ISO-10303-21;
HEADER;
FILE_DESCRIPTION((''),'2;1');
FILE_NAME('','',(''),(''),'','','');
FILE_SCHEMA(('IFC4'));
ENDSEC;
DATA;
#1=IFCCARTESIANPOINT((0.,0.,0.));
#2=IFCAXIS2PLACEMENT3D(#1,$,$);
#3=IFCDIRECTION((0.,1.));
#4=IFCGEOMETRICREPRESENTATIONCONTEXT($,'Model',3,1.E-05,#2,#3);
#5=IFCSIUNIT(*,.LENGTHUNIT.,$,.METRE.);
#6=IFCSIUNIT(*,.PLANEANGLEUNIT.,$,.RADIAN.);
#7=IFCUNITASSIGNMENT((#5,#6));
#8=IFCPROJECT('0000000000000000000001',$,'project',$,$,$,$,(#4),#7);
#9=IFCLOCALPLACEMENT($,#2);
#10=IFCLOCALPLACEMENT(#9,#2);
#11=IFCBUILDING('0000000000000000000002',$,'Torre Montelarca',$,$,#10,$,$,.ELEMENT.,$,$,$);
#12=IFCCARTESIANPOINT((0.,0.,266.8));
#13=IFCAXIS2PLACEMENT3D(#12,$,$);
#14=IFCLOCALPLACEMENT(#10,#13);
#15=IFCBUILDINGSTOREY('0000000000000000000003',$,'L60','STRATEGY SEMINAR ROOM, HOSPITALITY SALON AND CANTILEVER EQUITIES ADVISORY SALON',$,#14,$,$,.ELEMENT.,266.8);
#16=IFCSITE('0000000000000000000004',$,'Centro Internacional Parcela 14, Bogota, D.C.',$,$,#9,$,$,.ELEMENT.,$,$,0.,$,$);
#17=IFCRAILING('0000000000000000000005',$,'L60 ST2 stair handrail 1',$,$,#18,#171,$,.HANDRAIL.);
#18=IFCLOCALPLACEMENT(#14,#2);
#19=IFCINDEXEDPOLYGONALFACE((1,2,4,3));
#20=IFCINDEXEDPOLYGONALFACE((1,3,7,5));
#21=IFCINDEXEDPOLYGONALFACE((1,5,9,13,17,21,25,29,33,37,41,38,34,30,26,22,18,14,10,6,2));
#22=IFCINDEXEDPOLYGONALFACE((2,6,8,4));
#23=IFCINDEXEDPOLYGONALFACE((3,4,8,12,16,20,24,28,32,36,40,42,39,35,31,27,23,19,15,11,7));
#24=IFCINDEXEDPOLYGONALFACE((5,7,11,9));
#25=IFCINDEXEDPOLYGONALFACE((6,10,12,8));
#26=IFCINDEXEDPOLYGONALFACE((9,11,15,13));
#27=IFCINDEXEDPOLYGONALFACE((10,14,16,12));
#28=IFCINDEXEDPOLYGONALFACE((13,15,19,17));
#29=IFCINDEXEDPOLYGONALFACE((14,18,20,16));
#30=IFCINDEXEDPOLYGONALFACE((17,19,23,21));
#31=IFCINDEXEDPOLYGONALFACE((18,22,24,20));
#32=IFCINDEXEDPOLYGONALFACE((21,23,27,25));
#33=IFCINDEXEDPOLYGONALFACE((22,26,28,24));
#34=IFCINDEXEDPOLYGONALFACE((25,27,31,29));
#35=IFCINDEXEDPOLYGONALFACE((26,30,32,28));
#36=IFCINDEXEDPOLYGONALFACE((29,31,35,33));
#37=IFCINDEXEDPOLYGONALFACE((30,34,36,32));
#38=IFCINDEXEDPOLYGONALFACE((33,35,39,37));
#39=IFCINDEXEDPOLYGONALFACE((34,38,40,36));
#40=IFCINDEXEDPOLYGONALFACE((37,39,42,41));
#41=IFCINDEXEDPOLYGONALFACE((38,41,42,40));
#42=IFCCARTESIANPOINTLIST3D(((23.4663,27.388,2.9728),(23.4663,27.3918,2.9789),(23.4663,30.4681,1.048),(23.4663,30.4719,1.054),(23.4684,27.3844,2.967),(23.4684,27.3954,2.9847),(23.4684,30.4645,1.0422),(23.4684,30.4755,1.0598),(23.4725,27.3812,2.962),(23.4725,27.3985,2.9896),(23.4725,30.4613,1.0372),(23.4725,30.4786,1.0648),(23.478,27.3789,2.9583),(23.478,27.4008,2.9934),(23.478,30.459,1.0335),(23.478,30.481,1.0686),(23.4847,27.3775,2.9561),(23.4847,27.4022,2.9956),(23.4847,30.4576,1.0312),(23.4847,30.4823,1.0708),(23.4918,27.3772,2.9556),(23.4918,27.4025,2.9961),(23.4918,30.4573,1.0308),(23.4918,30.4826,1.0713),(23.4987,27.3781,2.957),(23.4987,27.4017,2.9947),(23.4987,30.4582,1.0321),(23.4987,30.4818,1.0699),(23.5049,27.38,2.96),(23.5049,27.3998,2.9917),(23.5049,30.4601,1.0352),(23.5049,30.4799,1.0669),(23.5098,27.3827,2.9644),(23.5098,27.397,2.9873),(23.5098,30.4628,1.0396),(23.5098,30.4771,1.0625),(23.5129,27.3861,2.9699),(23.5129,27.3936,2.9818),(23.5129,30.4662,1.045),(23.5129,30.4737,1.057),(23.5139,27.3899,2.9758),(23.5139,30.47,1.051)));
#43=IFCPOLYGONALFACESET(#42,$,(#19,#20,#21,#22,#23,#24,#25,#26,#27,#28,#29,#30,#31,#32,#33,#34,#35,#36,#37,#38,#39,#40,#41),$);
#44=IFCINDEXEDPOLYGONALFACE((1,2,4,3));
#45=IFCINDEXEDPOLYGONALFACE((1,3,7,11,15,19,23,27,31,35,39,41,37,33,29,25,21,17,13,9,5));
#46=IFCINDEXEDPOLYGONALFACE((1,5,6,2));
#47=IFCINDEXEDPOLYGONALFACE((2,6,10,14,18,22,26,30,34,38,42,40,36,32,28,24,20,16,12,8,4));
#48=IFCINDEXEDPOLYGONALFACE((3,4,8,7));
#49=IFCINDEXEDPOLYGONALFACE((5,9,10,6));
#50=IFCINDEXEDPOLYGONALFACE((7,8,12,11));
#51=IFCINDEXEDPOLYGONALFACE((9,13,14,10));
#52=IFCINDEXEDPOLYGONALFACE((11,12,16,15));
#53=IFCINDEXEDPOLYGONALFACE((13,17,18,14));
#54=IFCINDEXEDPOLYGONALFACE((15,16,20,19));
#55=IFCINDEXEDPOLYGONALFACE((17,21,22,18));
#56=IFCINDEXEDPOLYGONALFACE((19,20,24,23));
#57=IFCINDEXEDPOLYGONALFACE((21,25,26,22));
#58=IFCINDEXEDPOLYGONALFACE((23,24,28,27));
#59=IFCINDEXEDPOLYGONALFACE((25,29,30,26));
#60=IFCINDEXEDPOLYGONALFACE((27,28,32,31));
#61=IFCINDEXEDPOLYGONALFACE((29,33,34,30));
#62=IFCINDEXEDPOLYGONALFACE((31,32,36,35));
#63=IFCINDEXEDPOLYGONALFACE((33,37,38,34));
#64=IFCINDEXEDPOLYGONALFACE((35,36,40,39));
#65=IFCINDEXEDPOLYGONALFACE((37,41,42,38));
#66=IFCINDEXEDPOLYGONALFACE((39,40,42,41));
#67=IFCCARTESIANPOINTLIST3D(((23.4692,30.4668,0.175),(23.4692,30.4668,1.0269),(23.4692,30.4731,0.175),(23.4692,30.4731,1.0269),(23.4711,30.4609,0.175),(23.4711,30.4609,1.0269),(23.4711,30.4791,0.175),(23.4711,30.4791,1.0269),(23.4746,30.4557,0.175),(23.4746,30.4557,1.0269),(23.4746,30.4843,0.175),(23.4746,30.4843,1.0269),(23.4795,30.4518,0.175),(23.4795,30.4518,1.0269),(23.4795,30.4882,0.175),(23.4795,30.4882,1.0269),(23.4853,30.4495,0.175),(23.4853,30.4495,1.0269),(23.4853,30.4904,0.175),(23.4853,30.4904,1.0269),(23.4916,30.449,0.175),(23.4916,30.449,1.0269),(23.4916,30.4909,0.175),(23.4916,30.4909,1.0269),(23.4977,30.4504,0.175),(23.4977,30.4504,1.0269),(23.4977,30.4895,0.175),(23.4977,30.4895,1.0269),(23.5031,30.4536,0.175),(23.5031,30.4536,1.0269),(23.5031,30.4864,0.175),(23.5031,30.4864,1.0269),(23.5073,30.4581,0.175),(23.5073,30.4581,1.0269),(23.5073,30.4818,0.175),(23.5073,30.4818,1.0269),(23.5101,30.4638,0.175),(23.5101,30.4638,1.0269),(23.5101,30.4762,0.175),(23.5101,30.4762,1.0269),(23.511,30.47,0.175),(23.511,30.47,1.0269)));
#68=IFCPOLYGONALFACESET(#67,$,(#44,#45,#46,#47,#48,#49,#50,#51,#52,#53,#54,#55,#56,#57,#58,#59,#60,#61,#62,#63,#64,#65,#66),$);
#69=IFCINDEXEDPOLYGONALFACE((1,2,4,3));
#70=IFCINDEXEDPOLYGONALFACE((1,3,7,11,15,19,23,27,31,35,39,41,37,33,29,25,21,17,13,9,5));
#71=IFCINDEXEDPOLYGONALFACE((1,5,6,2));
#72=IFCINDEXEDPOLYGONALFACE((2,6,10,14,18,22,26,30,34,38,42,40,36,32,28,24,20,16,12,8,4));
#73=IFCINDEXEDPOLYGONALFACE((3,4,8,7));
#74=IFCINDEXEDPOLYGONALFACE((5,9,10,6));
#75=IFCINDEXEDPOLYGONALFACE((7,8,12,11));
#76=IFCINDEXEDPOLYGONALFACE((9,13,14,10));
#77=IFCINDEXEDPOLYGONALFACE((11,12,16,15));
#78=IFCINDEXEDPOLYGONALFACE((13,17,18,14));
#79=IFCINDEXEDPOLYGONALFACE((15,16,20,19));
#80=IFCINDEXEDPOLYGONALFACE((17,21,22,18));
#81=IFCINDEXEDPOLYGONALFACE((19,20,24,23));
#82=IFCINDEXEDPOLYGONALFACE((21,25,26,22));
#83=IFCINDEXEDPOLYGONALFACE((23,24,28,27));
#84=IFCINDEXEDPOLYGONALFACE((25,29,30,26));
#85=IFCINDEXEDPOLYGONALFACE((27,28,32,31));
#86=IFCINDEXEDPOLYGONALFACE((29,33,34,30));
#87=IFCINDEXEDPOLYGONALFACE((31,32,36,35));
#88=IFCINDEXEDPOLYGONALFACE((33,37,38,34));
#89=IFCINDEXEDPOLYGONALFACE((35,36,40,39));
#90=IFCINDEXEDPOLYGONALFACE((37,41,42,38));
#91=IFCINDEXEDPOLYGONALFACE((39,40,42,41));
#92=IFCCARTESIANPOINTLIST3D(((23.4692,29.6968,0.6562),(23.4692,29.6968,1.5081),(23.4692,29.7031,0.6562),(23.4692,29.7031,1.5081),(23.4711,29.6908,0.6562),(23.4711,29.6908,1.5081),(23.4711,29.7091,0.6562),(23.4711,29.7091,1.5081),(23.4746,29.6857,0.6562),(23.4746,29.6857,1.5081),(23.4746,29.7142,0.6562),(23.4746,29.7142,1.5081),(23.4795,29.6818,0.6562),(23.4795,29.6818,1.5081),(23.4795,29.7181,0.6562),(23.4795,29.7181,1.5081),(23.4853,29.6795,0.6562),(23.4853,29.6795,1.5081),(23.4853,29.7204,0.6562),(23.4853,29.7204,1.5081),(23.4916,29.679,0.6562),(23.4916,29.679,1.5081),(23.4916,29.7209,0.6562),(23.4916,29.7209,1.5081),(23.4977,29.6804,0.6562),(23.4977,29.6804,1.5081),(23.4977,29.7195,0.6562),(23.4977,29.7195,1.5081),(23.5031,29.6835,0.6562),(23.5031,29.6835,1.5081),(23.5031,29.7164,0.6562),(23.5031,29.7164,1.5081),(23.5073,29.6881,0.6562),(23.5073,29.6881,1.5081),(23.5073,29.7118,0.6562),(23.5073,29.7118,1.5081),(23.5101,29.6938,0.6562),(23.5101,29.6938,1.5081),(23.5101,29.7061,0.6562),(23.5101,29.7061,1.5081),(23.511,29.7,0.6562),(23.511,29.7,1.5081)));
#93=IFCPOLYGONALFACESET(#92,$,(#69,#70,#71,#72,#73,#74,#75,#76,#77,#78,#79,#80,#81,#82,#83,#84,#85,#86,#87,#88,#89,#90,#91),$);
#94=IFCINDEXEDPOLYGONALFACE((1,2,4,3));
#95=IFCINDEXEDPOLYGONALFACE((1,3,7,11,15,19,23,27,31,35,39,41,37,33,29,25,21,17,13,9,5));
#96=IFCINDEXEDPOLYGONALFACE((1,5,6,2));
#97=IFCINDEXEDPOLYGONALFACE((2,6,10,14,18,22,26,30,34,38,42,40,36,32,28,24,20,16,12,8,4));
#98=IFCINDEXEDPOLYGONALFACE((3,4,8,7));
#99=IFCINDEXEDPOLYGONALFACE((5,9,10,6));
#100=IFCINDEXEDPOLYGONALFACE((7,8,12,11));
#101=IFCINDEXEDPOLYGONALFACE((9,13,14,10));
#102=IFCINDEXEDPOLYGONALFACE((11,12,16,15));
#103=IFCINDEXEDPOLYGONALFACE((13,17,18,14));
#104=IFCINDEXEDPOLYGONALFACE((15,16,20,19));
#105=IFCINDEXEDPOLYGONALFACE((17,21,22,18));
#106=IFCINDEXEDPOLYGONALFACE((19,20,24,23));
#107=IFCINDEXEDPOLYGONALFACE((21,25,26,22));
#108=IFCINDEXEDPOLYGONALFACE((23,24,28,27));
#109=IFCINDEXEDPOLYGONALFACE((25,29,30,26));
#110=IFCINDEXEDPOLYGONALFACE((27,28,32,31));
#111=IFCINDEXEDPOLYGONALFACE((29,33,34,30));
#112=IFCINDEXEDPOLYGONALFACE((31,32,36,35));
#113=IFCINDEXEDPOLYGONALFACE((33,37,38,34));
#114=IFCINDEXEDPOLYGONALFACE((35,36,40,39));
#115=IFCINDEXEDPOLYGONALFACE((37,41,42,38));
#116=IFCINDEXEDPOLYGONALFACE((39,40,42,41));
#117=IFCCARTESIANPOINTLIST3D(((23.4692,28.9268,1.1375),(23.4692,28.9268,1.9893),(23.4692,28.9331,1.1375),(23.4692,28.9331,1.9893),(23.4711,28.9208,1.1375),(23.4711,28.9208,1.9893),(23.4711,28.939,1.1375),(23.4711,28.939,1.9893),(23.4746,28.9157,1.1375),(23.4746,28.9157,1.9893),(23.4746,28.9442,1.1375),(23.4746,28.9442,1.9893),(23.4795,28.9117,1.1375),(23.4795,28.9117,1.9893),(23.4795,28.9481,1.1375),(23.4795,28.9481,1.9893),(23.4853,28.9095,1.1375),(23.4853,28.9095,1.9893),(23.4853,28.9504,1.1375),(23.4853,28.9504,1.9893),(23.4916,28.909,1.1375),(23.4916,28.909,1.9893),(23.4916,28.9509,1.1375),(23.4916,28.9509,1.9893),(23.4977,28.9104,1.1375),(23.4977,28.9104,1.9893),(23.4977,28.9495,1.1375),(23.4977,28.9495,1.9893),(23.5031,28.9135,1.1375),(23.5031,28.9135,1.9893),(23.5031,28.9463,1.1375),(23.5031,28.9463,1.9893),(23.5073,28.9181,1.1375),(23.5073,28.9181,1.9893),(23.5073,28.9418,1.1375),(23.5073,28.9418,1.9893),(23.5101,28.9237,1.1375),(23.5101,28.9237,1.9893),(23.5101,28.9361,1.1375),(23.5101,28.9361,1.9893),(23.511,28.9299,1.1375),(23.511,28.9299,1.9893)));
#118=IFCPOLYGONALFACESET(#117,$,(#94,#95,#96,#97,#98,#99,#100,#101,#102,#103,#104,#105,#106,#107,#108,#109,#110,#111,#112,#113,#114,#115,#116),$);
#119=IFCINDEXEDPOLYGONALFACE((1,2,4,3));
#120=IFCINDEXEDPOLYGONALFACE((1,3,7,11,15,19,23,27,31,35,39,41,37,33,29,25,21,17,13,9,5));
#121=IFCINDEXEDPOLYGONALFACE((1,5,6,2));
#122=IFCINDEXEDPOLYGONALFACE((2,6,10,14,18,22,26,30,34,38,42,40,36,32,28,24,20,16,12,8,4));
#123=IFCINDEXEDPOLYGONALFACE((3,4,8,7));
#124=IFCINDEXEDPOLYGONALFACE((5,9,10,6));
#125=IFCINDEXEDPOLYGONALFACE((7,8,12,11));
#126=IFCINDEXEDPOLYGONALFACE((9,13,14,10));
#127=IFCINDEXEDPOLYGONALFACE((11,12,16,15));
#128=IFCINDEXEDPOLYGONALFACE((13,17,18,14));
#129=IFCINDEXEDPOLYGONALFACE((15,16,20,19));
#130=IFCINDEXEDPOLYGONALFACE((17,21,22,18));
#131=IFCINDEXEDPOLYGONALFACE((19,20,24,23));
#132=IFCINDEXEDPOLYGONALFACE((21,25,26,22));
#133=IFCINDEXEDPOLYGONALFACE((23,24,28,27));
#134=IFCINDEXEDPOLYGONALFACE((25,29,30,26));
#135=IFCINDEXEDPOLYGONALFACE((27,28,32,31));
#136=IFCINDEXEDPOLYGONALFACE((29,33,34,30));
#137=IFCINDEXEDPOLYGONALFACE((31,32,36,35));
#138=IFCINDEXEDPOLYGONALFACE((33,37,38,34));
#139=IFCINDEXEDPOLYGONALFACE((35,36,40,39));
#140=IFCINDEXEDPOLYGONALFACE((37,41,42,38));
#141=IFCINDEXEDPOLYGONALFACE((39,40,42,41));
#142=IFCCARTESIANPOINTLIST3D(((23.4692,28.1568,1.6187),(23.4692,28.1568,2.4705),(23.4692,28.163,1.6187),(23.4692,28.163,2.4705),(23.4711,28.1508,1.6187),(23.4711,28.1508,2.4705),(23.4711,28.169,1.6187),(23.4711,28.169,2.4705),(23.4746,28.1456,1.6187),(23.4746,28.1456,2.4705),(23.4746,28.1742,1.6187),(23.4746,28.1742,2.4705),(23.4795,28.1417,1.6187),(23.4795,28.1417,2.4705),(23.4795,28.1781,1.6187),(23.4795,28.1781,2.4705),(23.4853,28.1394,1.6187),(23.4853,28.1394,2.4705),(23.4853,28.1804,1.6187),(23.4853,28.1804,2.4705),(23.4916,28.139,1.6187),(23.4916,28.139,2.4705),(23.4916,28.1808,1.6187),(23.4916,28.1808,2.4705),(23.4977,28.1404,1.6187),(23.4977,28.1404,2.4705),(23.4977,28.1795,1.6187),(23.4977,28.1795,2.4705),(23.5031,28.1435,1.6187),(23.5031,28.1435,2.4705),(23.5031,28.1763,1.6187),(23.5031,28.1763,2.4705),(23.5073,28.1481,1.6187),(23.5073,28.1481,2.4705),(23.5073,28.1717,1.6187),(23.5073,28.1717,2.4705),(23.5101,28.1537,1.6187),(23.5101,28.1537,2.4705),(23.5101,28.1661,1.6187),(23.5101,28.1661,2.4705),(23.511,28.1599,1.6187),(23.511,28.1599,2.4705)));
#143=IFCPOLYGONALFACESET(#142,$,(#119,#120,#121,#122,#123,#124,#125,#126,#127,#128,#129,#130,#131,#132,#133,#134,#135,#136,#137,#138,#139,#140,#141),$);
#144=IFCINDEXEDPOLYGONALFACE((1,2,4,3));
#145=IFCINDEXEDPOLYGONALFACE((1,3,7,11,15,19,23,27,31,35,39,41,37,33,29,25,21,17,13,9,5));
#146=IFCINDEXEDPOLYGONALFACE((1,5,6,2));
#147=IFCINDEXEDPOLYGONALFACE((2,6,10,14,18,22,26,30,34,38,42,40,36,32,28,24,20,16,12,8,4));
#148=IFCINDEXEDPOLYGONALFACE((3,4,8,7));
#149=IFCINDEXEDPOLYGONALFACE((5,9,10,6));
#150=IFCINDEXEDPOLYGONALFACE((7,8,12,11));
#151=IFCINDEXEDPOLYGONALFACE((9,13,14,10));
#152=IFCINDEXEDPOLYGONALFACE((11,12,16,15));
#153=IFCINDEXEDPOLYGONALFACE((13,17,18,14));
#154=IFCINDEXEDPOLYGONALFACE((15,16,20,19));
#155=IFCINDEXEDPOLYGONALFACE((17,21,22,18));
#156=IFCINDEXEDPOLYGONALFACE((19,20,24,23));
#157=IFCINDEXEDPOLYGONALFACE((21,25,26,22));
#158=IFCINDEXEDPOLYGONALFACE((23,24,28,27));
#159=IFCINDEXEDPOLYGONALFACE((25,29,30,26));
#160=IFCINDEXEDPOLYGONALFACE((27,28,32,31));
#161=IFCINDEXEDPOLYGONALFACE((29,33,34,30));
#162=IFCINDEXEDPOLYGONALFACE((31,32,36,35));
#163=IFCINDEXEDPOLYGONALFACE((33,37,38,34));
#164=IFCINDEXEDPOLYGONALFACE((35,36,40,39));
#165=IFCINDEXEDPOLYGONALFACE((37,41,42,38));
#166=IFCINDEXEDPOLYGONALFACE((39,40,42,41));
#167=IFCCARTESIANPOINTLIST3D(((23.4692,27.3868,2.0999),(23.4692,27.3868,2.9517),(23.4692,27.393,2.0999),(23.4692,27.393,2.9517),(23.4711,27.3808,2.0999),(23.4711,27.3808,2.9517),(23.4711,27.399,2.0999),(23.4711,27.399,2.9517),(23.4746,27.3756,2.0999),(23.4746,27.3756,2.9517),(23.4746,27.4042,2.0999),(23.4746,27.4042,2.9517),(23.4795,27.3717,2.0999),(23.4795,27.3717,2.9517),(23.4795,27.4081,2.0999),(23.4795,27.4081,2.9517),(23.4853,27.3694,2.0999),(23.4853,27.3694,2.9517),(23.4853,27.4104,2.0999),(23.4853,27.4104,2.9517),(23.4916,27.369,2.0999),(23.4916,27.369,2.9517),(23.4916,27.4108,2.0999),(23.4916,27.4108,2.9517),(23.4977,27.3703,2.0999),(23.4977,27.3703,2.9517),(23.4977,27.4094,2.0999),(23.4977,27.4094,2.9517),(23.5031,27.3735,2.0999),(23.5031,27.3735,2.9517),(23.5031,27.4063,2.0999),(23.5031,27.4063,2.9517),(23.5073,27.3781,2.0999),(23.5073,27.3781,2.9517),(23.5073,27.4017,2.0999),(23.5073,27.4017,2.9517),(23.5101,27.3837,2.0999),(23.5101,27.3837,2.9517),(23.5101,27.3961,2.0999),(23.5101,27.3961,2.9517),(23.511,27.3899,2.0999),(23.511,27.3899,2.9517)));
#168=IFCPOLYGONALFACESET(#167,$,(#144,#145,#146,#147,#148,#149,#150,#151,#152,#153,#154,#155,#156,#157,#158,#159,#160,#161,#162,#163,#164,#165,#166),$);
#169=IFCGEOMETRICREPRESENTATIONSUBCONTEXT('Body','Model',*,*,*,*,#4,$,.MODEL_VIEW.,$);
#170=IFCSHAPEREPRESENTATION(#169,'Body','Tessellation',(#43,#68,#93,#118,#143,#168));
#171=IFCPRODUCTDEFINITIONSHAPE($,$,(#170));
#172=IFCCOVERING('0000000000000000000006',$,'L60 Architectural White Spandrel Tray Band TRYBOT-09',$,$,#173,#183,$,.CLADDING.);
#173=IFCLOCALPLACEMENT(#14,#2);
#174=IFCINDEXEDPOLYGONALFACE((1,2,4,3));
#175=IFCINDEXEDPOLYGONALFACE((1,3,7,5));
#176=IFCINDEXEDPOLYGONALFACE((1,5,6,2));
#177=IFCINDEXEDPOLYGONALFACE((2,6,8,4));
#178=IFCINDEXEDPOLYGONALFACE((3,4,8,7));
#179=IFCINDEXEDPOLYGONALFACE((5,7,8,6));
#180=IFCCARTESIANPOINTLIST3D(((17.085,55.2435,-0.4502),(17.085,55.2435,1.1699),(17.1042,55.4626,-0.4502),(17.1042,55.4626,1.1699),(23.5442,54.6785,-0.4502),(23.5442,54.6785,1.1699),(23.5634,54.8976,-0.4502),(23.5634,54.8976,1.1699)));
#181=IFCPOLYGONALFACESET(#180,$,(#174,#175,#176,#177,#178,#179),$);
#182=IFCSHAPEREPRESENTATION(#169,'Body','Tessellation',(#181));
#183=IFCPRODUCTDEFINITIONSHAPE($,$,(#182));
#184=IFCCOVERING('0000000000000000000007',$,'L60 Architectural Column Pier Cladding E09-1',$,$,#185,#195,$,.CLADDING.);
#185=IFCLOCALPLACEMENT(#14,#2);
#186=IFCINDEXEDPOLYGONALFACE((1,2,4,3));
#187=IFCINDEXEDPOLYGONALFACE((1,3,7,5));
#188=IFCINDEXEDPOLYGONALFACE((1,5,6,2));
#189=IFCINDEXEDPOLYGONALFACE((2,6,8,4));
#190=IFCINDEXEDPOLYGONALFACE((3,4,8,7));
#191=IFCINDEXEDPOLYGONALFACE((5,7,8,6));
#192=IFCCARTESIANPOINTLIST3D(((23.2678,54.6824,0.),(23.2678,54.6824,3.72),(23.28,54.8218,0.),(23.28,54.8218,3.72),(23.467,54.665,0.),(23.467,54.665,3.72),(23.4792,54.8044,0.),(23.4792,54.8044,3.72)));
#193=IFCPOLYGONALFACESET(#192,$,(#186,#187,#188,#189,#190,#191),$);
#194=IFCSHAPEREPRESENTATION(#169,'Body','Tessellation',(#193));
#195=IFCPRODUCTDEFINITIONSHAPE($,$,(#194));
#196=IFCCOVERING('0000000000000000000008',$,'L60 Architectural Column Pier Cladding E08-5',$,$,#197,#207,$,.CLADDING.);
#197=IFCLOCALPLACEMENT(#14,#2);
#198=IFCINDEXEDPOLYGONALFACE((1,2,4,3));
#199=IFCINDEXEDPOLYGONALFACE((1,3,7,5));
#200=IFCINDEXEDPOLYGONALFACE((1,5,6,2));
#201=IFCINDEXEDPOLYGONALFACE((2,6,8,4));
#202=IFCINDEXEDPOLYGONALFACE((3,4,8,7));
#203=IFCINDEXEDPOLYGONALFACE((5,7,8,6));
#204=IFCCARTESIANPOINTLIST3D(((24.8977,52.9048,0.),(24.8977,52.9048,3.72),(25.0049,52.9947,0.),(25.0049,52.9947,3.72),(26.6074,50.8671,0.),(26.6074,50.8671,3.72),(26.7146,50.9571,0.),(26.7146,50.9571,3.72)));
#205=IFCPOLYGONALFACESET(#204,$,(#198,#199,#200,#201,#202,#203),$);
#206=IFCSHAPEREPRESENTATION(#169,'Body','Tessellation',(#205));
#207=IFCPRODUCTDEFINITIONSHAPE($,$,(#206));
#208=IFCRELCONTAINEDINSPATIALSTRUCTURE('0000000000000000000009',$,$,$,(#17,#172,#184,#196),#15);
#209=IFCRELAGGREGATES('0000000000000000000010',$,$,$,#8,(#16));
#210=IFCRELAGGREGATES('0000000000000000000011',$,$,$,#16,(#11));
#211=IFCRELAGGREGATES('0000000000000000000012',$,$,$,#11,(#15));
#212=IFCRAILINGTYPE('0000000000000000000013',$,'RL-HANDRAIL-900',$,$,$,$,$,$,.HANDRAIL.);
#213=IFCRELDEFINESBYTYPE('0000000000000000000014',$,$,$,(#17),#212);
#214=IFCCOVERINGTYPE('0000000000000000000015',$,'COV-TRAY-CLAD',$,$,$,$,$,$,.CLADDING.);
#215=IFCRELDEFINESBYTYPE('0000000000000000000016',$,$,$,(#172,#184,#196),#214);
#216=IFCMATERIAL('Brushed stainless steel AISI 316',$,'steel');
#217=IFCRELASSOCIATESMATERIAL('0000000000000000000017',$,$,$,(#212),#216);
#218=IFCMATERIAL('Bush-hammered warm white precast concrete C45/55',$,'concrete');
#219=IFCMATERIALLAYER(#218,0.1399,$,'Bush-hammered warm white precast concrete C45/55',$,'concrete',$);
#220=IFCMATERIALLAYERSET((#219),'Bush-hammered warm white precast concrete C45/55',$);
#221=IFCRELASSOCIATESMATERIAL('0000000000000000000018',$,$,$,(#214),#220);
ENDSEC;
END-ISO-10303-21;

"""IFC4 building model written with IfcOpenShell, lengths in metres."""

from ifc_helpers import new_model, si_unit, direction, frame, origin, origin_2d, place, context, subcontext, project, spatial, rectangle, circle, extrude, source, transform, mapped, material, layer, layer_set, type_object, element, save


model = new_model("IFC4")

# Units and contexts
model_context = context("Model", 3, precision=1e-05, world=origin(), true_north=direction((0.0, 1.0)))
body_context = subcontext(model_context, "Body", "Model", "MODEL_VIEW")
ifc_project = project(units=[si_unit("LENGTHUNIT", "METRE"), si_unit("PLANEANGLEUNIT", "RADIAN")], contexts=[model_context])

# Site, building, storey
site_placement = place(None, origin())
site = spatial("IfcSite", under=ifc_project, at=site_placement, Name="Centro Internacional Parcela 14, Bogota, D.C.", CompositionType="ELEMENT", RefElevation=0.0)
building_placement = place(site_placement, origin())
building = spatial("IfcBuilding", under=site, at=building_placement, Name="Torre Montelarca", CompositionType="ELEMENT")
storey_placement = place(building_placement, frame((0.0, 0.0, 266.8)))
storey = spatial("IfcBuildingStorey", under=building, at=storey_placement, Name="L60", Description="STRATEGY SEMINAR ROOM, HOSPITALITY SALON AND CANTILEVER EQUITIES ADVISORY SALON", CompositionType="ELEMENT", Elevation=266.8)

# Shared definitions
ifc_material_1 = material(Name="Brushed stainless steel AISI 316", Category="steel")

# Railing
railing_type_1 = type_object("IfcRailingType", Name="RL-HANDRAIL-900", PredefinedType="HANDRAIL", material=ifc_material_1)
railing_1_placement = place(storey_placement, frame((23.49, 30.47, 0.175)))
element("IfcRailing", 1, at=railing_1_placement, inside=storey, type_object=railing_type_1, Name="L60 ST2 stair handrail 1", PredefinedType="HANDRAIL", context=body_context, shape_type="SweptSolid", body=[
    extrude(circle(Radius=0.0239, at=origin_2d()), frame((0.0, 0.0, 0.876), z_axis=(0.0, -0.848029, 0.529951), x_axis=(1.0, 0.0, 0.0)), (0.0, 0.0, 1.0), 3.6321),
    extrude(circle(Radius=0.021, at=origin_2d()), origin(), (0.0, 0.0, 1.0), 0.8518),
    extrude(circle(Radius=0.021, at=origin_2d()), frame((0.0, -0.77, 0.4812)), (0.0, 0.0, 1.0), 0.8518),
    extrude(circle(Radius=0.021, at=origin_2d()), frame((0.0, -1.54, 0.9624)), (0.0, 0.0, 1.0), 0.8518),
    extrude(circle(Radius=0.021, at=origin_2d()), frame((0.0, -2.3101, 1.4436)), (0.0, 0.0, 1.0), 0.8518),
    extrude(circle(Radius=0.021, at=origin_2d()), frame((0.0, -3.0801, 1.9248)), (0.0, 0.0, 1.0), 0.8518),
])

# Coverings
ifc_material_2 = material(Name="Bush-hammered warm white precast concrete C45/55", Category="concrete")
ifc_layer_1 = layer(ifc_material_2, 0.1399, Name="Bush-hammered warm white precast concrete C45/55", Category="concrete")
ifc_layer_set_1 = layer_set([ifc_layer_1], Name="Bush-hammered warm white precast concrete C45/55")
covering_type = type_object("IfcCoveringType", Name="COV-TRAY-CLAD", PredefinedType="CLADDING", material=ifc_layer_set_1)
shared_shape_1 = source(origin(), body_context, "Body", "SweptSolid", [
    extrude(rectangle(XDim=6.4839, YDim=0.22, at=origin_2d()), origin(), (0.0, 0.0, 1.0), 1.6201),
])
covering_1_placement = place(storey_placement, frame((20.3242, 55.0706, -0.4502), z_axis=(0.0, 0.0, 1.0), x_axis=(-0.996195, 0.087147, 0.0)))
element("IfcCovering", 2, at=covering_1_placement, inside=storey, type_object=covering_type, Name="L60 Architectural White Spandrel Tray Band TRYBOT-09", PredefinedType="CLADDING", context=body_context, shape_type="MappedRepresentation", body=[
    mapped(shared_shape_1, transform((0.0, 0.0, 0.0), scale=1.0)),
])
shared_shape_2 = source(origin(), body_context, "Body", "SweptSolid", [
    extrude(rectangle(XDim=0.2, YDim=0.1399, at=origin_2d()), origin(), (0.0, 0.0, 1.0), 3.72),
])
covering_2_placement = place(storey_placement, frame((23.3735, 54.7434, 0.0), z_axis=(0.0, 0.0, 1.0), x_axis=(-0.996194, 0.087159, 0.0)))
element("IfcCovering", 3, at=covering_2_placement, inside=storey, type_object=covering_type, Name="L60 Architectural Column Pier Cladding E09-1", PredefinedType="CLADDING", context=body_context, shape_type="MappedRepresentation", body=[
    mapped(shared_shape_2, transform((0.0, 0.0, 0.0), scale=1.0)),
])
shared_shape_3 = source(origin(), body_context, "Body", "SweptSolid", [
    extrude(rectangle(XDim=2.6599, YDim=0.1399, at=origin_2d()), origin(), (0.0, 0.0, 1.0), 3.72),
])
covering_3_placement = place(storey_placement, frame((25.8062, 51.9309, 0.0), z_axis=(0.0, 0.0, 1.0), x_axis=(-0.642788, 0.766044, 0.0)))
element("IfcCovering", 4, at=covering_3_placement, inside=storey, type_object=covering_type, Name="L60 Architectural Column Pier Cladding E08-5", PredefinedType="CLADDING", context=body_context, shape_type="MappedRepresentation", body=[
    mapped(shared_shape_3, transform((0.0, 0.0, 0.0), scale=1.0)),
])

save(model, "model.ifc")
